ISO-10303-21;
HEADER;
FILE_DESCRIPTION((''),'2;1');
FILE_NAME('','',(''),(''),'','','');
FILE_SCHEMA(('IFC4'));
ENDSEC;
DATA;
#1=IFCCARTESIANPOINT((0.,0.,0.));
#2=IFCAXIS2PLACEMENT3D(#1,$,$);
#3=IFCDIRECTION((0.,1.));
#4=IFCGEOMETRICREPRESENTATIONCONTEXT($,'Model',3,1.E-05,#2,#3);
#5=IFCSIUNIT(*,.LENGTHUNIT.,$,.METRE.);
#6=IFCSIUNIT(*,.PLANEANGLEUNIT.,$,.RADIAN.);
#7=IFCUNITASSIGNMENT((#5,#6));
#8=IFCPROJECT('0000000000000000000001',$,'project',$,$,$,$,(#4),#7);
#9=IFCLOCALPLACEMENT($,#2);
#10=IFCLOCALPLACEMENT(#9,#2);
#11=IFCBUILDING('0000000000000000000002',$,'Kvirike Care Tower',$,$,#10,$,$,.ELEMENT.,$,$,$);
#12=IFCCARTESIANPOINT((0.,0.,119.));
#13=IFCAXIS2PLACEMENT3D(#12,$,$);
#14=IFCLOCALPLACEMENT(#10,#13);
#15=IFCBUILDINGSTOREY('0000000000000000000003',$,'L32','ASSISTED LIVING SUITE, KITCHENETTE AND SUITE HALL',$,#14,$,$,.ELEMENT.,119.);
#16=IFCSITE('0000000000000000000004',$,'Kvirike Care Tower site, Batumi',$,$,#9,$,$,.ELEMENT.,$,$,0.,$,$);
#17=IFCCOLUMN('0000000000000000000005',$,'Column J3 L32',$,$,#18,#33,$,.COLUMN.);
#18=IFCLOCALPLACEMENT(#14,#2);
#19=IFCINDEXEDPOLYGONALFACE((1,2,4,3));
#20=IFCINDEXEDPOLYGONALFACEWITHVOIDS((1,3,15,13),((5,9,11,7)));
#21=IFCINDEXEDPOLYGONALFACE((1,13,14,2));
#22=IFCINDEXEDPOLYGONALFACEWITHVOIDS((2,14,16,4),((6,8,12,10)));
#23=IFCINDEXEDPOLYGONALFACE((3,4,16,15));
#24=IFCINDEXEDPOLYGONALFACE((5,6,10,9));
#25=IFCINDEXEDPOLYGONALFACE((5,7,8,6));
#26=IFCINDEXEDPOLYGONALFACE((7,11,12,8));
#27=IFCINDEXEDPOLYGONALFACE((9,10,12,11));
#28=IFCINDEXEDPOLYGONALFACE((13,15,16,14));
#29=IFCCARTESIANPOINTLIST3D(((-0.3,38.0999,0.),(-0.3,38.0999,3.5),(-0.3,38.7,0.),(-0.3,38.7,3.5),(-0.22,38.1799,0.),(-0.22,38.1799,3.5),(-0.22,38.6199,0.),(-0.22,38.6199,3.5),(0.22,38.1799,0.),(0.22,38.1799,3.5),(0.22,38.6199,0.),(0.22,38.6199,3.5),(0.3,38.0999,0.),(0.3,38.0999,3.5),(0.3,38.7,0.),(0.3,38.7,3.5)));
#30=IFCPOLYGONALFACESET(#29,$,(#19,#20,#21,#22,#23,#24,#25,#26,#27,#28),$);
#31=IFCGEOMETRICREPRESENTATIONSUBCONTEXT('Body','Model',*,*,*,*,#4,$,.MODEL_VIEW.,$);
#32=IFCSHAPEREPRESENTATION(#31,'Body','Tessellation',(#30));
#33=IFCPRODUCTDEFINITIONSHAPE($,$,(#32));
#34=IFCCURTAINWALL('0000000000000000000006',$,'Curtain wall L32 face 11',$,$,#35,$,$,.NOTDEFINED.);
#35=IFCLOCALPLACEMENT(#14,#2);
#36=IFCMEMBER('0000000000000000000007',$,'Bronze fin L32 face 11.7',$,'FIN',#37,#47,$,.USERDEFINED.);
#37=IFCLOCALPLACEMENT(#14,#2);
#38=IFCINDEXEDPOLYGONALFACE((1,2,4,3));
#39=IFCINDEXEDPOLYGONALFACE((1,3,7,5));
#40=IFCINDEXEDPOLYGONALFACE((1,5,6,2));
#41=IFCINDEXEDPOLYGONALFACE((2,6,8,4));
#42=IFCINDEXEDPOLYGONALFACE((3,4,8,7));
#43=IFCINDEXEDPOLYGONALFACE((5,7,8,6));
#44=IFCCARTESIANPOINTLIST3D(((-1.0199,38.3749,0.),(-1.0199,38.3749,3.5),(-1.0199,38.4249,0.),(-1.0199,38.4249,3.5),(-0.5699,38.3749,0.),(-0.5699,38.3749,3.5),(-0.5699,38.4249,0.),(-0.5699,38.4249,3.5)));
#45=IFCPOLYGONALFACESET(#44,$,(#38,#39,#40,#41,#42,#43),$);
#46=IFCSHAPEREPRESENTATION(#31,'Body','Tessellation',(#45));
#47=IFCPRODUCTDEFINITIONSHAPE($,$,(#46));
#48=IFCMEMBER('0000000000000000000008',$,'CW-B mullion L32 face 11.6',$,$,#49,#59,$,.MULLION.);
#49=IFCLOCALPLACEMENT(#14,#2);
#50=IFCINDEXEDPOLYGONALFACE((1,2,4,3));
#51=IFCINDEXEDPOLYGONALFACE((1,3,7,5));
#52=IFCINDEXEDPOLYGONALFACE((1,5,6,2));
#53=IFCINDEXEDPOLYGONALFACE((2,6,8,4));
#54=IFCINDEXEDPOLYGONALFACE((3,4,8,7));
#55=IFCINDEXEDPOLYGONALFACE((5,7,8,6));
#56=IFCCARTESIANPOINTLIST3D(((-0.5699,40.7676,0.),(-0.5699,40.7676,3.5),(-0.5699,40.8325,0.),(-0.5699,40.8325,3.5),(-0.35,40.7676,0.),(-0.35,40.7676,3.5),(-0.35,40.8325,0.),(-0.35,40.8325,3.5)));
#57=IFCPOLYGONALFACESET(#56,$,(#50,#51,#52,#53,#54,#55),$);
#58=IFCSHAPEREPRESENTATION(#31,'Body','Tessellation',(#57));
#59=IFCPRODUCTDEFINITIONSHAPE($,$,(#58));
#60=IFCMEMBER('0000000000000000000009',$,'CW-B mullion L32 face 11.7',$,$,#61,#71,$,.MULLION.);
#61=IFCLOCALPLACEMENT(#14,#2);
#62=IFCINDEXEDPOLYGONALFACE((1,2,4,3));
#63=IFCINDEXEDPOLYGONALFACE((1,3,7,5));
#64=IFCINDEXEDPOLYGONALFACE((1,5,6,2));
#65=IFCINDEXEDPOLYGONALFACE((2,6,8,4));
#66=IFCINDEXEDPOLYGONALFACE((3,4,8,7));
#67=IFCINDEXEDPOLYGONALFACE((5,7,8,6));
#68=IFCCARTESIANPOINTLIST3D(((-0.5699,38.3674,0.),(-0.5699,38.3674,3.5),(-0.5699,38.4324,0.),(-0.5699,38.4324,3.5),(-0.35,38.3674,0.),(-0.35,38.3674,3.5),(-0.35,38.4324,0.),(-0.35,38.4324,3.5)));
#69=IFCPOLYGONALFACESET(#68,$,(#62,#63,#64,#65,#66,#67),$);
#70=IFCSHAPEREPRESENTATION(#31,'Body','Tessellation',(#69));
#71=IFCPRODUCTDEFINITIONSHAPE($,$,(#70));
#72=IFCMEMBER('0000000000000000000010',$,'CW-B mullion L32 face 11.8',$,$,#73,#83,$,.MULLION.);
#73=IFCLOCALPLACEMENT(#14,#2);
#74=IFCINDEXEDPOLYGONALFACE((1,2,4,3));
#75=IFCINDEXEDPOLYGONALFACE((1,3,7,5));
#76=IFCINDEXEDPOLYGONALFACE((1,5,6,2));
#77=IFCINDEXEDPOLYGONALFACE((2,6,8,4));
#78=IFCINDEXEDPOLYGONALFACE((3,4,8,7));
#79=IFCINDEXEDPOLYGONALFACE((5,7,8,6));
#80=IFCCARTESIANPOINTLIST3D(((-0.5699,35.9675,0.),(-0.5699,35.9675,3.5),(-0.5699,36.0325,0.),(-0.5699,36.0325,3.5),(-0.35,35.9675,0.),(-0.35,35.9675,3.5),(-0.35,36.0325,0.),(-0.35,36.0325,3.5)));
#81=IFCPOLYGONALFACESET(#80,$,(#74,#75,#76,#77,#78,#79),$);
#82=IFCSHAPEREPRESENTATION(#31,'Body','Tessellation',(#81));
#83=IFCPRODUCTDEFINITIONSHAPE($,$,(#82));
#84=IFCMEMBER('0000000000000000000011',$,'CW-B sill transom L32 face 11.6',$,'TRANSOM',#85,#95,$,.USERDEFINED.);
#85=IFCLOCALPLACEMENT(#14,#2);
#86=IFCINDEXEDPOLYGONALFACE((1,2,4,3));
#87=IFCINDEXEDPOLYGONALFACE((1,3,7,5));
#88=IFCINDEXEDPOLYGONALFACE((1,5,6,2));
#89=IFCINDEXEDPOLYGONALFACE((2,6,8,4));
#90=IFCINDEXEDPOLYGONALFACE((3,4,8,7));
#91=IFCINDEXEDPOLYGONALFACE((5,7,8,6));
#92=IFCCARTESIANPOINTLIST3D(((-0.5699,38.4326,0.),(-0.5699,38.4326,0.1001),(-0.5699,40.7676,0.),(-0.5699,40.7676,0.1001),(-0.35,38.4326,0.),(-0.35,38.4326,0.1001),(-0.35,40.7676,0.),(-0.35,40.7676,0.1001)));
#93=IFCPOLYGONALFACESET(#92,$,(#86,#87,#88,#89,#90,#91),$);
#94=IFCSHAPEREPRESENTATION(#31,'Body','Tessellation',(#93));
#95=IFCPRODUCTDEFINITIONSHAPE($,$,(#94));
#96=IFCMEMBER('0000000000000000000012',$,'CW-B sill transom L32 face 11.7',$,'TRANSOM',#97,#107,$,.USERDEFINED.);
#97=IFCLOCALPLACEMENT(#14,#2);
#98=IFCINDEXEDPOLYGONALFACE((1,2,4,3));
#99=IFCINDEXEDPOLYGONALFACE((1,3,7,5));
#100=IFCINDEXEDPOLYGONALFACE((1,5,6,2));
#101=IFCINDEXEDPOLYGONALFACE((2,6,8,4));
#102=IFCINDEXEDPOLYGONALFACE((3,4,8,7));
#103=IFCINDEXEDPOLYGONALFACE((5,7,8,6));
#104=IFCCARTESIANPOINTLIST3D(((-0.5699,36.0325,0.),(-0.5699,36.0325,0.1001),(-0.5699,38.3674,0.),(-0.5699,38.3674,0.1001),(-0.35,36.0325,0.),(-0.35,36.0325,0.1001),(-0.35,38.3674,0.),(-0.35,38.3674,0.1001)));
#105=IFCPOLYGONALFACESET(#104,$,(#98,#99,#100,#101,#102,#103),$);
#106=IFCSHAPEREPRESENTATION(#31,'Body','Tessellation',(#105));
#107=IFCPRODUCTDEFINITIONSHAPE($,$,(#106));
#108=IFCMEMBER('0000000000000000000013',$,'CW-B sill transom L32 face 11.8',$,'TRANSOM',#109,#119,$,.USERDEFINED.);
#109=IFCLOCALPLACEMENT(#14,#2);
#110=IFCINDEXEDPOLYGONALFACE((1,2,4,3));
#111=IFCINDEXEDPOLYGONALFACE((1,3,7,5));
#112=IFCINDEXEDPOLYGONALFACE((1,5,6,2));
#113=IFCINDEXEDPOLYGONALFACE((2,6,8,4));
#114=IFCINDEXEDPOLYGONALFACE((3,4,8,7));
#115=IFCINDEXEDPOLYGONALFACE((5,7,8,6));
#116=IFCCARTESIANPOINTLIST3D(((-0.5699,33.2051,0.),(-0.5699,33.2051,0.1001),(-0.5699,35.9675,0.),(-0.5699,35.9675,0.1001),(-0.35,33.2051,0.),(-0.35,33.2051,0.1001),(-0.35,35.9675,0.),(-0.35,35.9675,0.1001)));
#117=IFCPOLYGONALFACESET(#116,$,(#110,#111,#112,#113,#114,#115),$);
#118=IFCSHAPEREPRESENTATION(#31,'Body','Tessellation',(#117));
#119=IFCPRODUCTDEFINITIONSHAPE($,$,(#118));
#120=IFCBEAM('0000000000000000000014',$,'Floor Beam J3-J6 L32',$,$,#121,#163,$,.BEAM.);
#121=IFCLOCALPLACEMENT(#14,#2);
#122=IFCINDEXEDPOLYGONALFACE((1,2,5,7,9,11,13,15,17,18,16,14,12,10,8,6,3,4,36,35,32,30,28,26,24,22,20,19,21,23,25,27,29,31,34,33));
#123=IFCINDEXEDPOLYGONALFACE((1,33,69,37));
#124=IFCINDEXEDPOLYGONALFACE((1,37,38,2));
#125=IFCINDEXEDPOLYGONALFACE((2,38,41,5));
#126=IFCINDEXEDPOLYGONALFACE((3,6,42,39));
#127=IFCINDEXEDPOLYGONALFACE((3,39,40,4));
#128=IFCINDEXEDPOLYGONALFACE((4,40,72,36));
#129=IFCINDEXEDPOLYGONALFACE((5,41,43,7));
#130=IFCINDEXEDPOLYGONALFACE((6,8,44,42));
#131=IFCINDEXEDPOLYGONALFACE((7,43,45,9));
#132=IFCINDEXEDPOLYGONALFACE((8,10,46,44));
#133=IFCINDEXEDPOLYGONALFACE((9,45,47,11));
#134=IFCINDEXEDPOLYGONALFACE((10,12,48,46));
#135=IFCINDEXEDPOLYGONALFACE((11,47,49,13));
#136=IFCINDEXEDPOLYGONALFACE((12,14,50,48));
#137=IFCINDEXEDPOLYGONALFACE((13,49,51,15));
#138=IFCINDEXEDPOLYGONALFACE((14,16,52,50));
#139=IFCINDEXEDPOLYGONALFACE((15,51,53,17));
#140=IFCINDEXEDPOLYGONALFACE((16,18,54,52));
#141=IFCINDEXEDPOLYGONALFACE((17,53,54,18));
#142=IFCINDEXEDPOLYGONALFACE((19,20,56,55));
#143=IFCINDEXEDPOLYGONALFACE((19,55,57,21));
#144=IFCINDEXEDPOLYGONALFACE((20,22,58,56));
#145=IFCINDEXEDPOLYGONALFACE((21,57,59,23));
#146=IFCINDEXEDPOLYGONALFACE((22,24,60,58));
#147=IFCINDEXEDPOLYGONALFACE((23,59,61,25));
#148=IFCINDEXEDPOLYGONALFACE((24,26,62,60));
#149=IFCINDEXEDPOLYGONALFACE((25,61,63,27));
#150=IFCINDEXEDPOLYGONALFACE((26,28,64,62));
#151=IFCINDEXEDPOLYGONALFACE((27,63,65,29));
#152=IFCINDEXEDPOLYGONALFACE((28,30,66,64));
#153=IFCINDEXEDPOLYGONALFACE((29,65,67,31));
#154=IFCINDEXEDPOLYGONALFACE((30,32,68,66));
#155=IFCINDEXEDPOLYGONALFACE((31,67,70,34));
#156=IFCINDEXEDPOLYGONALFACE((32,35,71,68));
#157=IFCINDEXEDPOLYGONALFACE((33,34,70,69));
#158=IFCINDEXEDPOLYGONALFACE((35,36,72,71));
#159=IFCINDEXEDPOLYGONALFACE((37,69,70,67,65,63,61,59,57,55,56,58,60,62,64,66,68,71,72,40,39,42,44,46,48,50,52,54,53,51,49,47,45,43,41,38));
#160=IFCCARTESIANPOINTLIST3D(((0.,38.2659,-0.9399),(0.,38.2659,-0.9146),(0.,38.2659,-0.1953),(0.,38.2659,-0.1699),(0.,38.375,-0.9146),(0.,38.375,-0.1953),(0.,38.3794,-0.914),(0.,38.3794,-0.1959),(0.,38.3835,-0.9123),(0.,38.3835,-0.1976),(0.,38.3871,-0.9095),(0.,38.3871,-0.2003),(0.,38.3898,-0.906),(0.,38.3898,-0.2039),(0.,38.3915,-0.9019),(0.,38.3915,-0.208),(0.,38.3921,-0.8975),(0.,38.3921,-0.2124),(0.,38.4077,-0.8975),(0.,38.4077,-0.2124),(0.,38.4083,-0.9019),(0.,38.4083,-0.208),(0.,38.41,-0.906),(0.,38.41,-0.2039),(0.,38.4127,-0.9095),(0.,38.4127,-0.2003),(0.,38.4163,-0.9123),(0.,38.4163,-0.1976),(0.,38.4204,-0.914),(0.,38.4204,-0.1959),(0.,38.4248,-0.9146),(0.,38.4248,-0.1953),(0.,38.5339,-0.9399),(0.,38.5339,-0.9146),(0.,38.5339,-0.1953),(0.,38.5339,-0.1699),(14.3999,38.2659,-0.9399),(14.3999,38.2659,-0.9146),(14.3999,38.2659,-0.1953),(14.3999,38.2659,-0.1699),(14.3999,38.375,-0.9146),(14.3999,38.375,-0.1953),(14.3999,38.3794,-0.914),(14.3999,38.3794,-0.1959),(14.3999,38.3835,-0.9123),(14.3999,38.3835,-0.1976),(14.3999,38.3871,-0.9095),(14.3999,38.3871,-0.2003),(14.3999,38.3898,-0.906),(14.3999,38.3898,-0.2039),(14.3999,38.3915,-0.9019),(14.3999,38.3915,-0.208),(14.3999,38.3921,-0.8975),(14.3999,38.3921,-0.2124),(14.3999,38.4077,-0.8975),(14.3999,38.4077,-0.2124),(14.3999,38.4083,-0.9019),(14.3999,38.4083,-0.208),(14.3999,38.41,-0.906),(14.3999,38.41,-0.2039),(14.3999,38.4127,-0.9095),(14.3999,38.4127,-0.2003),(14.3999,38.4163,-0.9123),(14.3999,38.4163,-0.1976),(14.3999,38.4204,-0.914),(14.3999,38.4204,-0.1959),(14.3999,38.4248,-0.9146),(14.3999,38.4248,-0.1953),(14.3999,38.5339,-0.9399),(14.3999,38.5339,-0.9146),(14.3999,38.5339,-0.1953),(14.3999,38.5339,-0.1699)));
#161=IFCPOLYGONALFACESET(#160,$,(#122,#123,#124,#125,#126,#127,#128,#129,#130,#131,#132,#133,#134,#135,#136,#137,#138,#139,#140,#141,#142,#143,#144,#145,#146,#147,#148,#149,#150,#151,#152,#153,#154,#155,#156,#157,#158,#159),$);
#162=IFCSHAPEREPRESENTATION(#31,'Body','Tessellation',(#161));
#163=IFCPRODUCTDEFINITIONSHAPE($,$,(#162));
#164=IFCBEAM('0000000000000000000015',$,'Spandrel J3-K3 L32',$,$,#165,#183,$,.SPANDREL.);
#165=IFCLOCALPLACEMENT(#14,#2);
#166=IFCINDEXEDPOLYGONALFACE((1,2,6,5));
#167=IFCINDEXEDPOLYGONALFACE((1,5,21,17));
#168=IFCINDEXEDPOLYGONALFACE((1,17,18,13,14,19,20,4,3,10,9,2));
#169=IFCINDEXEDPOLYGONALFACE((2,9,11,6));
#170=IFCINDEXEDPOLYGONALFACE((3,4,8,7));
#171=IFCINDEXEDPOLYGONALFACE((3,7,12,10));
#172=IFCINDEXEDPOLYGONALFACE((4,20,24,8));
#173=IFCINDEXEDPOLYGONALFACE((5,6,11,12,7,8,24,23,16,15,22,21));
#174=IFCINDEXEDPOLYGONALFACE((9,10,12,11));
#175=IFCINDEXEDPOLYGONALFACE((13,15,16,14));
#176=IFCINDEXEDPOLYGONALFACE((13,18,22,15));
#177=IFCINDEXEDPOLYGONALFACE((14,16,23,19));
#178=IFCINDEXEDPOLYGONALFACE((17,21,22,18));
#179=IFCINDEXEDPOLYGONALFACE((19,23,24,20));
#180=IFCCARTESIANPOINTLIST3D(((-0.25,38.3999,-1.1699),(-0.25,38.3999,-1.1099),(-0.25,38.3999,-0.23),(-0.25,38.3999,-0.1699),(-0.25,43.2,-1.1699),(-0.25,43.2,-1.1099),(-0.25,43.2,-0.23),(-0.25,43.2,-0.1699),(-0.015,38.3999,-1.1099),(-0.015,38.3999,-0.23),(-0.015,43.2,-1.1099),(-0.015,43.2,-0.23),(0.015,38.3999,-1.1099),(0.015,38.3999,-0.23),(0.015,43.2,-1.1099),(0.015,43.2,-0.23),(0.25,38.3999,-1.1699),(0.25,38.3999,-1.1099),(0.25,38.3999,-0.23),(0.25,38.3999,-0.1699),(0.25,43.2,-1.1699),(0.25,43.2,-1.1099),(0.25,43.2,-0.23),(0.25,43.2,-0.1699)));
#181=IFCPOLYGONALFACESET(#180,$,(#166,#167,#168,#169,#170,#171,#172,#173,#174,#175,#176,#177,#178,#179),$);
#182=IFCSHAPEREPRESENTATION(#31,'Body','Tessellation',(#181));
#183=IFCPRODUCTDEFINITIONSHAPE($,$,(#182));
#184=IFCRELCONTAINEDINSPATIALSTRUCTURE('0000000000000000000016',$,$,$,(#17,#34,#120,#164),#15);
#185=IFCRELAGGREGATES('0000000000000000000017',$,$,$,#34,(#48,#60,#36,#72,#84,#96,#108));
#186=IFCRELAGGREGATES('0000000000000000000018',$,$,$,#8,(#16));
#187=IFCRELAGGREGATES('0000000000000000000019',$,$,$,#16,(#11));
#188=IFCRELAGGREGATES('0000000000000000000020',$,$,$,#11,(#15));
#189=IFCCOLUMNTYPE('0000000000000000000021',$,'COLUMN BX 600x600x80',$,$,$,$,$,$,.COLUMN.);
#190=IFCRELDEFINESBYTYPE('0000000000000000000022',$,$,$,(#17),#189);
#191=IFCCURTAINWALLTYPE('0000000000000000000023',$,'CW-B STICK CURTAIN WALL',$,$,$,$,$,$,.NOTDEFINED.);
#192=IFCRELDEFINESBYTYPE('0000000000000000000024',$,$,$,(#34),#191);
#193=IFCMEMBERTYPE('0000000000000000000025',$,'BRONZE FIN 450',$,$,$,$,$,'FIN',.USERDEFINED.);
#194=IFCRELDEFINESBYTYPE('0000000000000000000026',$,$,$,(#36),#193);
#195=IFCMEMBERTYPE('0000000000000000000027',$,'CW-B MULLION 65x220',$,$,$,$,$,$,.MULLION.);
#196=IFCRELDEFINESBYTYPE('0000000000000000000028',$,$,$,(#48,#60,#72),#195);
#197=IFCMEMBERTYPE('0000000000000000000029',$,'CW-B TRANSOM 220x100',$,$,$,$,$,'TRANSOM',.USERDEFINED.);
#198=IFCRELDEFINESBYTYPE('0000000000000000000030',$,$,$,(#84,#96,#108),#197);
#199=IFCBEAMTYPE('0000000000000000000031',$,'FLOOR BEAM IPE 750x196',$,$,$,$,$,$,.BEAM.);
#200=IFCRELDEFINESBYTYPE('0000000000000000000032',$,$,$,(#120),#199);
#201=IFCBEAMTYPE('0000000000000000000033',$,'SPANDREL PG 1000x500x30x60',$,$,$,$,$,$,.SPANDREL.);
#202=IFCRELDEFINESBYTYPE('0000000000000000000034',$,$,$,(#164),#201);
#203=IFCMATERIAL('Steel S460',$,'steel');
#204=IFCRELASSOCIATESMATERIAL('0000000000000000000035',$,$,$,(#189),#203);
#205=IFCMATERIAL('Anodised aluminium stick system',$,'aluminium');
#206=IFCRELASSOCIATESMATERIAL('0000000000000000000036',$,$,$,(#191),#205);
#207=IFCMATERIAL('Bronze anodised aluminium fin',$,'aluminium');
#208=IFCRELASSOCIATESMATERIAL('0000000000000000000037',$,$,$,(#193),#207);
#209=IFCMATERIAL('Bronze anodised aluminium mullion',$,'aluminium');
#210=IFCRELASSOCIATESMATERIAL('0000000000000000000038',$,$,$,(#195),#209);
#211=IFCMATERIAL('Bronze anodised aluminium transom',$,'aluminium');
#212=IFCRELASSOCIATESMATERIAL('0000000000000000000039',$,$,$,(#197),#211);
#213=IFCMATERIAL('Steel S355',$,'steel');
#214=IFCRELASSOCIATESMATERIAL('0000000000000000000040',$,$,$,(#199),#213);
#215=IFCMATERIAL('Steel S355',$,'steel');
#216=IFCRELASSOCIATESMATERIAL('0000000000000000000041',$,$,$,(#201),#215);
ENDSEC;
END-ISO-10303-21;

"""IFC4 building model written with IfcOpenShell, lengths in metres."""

from ifc_helpers import new_model, si_unit, direction, frame, origin, origin_2d, place, context, subcontext, project, spatial, rectangle, hollow_rectangle, i_section, extrude, material, material_profile, profile_set, type_object, element, aggregate, save


model = new_model("IFC4")

# Units and contexts
model_context = context("Model", 3, precision=1e-05, world=origin(), true_north=direction((0.0, 1.0)))
body_context = subcontext(model_context, "Body", "Model", "MODEL_VIEW")
ifc_project = project(units=[si_unit("LENGTHUNIT", "METRE"), si_unit("PLANEANGLEUNIT", "RADIAN")], contexts=[model_context])

# Site, building, storey
site_placement = place(None, origin())
site = spatial("IfcSite", under=ifc_project, at=site_placement, Name="Kvirike Care Tower site, Batumi", CompositionType="ELEMENT", RefElevation=0.0)
building_placement = place(site_placement, origin())
building = spatial("IfcBuilding", under=site, at=building_placement, Name="Kvirike Care Tower", CompositionType="ELEMENT")
storey_placement = place(building_placement, frame((0.0, 0.0, 119.0)))
storey = spatial("IfcBuildingStorey", under=building, at=storey_placement, Name="L32", Description="ASSISTED LIVING SUITE, KITCHENETTE AND SUITE HALL", CompositionType="ELEMENT", Elevation=119.0)

# Column
ifc_material_1 = material(Name="Steel S460", Category="steel")
ifc_material_profile_1 = material_profile(ifc_material_1, hollow_rectangle(XDim=0.6001, YDim=0.6001, WallThickness=0.0801, at=origin_2d()), Name="BX 600x600x80")
ifc_profile_set_1 = profile_set([ifc_material_profile_1], Name="Steel S460")
column_type = type_object("IfcColumnType", Name="COLUMN BX 600x600x80", PredefinedType="COLUMN", material=ifc_profile_set_1)
column_placement = place(storey_placement, frame((0.0, 38.3999, 0.0), z_axis=(0.0, 0.0, 1.0), x_axis=(1.0, 0.0, 0.0)))
element("IfcColumn", 1, at=column_placement, inside=storey, type_object=column_type, Name="Column J3 L32", PredefinedType="COLUMN", context=body_context, shape_type="SweptSolid", body=[
    extrude(hollow_rectangle(XDim=0.6001, YDim=0.6001, WallThickness=0.0801, at=origin_2d()), origin(), (0.0, 0.0, 1.0), 3.5),
])

# Curtain wall, members
ifc_material_2 = material(Name="Anodised aluminium stick system", Category="aluminium")
curtain_wall_type = type_object("IfcCurtainWallType", Name="CW-B STICK CURTAIN WALL", PredefinedType="NOTDEFINED", material=ifc_material_2)
curtain_wall_placement = place(storey_placement, origin())
curtain_wall = element("IfcCurtainWall", 2, at=curtain_wall_placement, inside=storey, type_object=curtain_wall_type, Name="Curtain wall L32 face 11", PredefinedType="NOTDEFINED")
ifc_material_3 = material(Name="Bronze anodised aluminium fin", Category="aluminium")
ifc_material_profile_2 = material_profile(ifc_material_3, rectangle(XDim=0.05, YDim=0.45, at=origin_2d()), Name="BRONZE FIN 450")
ifc_profile_set_2 = profile_set([ifc_material_profile_2], Name="Bronze anodised aluminium fin")
member_type_1 = type_object("IfcMemberType", Name="BRONZE FIN 450", ElementType="FIN", PredefinedType="USERDEFINED", material=ifc_profile_set_2)
member_1_placement = place(storey_placement, frame((-0.7949, 38.3999, 0.0), z_axis=(0.0, 0.0, 1.0), x_axis=(0.0, -1.0, 0.0)))
member_1 = element("IfcMember", 3, at=member_1_placement, type_object=member_type_1, Name="Bronze fin L32 face 11.7", ObjectType="FIN", PredefinedType="USERDEFINED", context=body_context, shape_type="SweptSolid", body=[
    extrude(rectangle(XDim=0.05, YDim=0.45, at=origin_2d()), origin(), (0.0, 0.0, 1.0), 3.5),
])
ifc_material_4 = material(Name="Bronze anodised aluminium mullion", Category="aluminium")
ifc_material_profile_3 = material_profile(ifc_material_4, rectangle(XDim=0.0649, YDim=0.22, at=origin_2d()), Name="CW-B MULLION 65x220")
ifc_profile_set_3 = profile_set([ifc_material_profile_3], Name="Bronze anodised aluminium mullion")
member_type_2 = type_object("IfcMemberType", Name="CW-B MULLION 65x220", PredefinedType="MULLION", material=ifc_profile_set_3)
member_2_placement = place(storey_placement, frame((-0.46, 40.8, 0.0), z_axis=(0.0, 0.0, 1.0), x_axis=(0.0, -1.0, 0.0)))
member_2 = element("IfcMember", 4, at=member_2_placement, type_object=member_type_2, Name="CW-B mullion L32 face 11.6", PredefinedType="MULLION", context=body_context, shape_type="SweptSolid", body=[
    extrude(rectangle(XDim=0.0649, YDim=0.22, at=origin_2d()), origin(), (0.0, 0.0, 1.0), 3.5),
])
member_3_placement = place(storey_placement, frame((-0.46, 38.3999, 0.0), z_axis=(0.0, 0.0, 1.0), x_axis=(0.0, -1.0, 0.0)))
member_3 = element("IfcMember", 5, at=member_3_placement, type_object=member_type_2, Name="CW-B mullion L32 face 11.7", PredefinedType="MULLION", context=body_context, shape_type="SweptSolid", body=[
    extrude(rectangle(XDim=0.0649, YDim=0.22, at=origin_2d()), origin(), (0.0, 0.0, 1.0), 3.5),
])
member_4_placement = place(storey_placement, frame((-0.46, 36.0, 0.0), z_axis=(0.0, 0.0, 1.0), x_axis=(0.0, -1.0, 0.0)))
member_4 = element("IfcMember", 6, at=member_4_placement, type_object=member_type_2, Name="CW-B mullion L32 face 11.8", PredefinedType="MULLION", context=body_context, shape_type="SweptSolid", body=[
    extrude(rectangle(XDim=0.0649, YDim=0.22, at=origin_2d()), origin(), (0.0, 0.0, 1.0), 3.5),
])
ifc_material_5 = material(Name="Bronze anodised aluminium transom", Category="aluminium")
ifc_material_profile_4 = material_profile(ifc_material_5, rectangle(XDim=0.22, YDim=0.1001, at=origin_2d()), Name="CW-B TRANSOM 220x100")
ifc_profile_set_4 = profile_set([ifc_material_profile_4], Name="Bronze anodised aluminium transom")
member_type_3 = type_object("IfcMemberType", Name="CW-B TRANSOM 220x100", ElementType="TRANSOM", PredefinedType="USERDEFINED", material=ifc_profile_set_4)
member_5_placement = place(storey_placement, frame((-0.46, 40.7676, 0.05), z_axis=(0.0, -1.0, 0.0), x_axis=(1.0, 0.0, 0.0)))
member_5 = element("IfcMember", 7, at=member_5_placement, type_object=member_type_3, Name="CW-B sill transom L32 face 11.6", ObjectType="TRANSOM", PredefinedType="USERDEFINED", context=body_context, shape_type="SweptSolid", body=[
    extrude(rectangle(XDim=0.22, YDim=0.1001, at=origin_2d()), origin(), (0.0, 0.0, 1.0), 2.335),
])
member_6_placement = place(storey_placement, frame((-0.46, 38.3674, 0.05), z_axis=(0.0, -1.0, 0.0), x_axis=(1.0, 0.0, 0.0)))
member_6 = element("IfcMember", 8, at=member_6_placement, type_object=member_type_3, Name="CW-B sill transom L32 face 11.7", ObjectType="TRANSOM", PredefinedType="USERDEFINED", context=body_context, shape_type="SweptSolid", body=[
    extrude(rectangle(XDim=0.22, YDim=0.1001, at=origin_2d()), origin(), (0.0, 0.0, 1.0), 2.335),
])
member_7_placement = place(storey_placement, frame((-0.46, 35.9675, 0.05), z_axis=(0.0, -1.0, 0.0), x_axis=(1.0, 0.0, 0.0)))
member_7 = element("IfcMember", 9, at=member_7_placement, type_object=member_type_3, Name="CW-B sill transom L32 face 11.8", ObjectType="TRANSOM", PredefinedType="USERDEFINED", context=body_context, shape_type="SweptSolid", body=[
    extrude(rectangle(XDim=0.22, YDim=0.1001, at=origin_2d()), origin(), (0.0, 0.0, 1.0), 2.7625),
])

# Beams
ifc_material_6 = material(Name="Steel S355", Category="steel")
ifc_material_profile_5 = material_profile(ifc_material_6, i_section(OverallWidth=0.2681, OverallDepth=0.77, WebThickness=0.0156, FlangeThickness=0.0254, FilletRadius=0.0171, at=origin_2d()), Name="IPE 750x196")
ifc_profile_set_5 = profile_set([ifc_material_profile_5], Name="Steel S355")
beam_type_1 = type_object("IfcBeamType", Name="FLOOR BEAM IPE 750x196", PredefinedType="BEAM", material=ifc_profile_set_5)
beam_1_placement = place(storey_placement, frame((0.0, 38.3999, -0.5549), z_axis=(1.0, 0.0, 0.0), x_axis=(0.0, 1.0, 0.0)))
element("IfcBeam", 10, at=beam_1_placement, inside=storey, type_object=beam_type_1, Name="Floor Beam J3-J6 L32", PredefinedType="BEAM", context=body_context, shape_type="SweptSolid", body=[
    extrude(i_section(OverallWidth=0.2681, OverallDepth=0.77, WebThickness=0.0156, FlangeThickness=0.0254, FilletRadius=0.0171, at=origin_2d()), origin(), (0.0, 0.0, 1.0), 14.3999),
])
ifc_material_7 = material(Name="Steel S355", Category="steel")
ifc_material_profile_6 = material_profile(ifc_material_7, i_section(OverallWidth=0.5, OverallDepth=1.0, WebThickness=0.03, FlangeThickness=0.0601, at=origin_2d()), Name="PG 1000x500x30x60")
ifc_profile_set_6 = profile_set([ifc_material_profile_6], Name="Steel S355")
beam_type_2 = type_object("IfcBeamType", Name="SPANDREL PG 1000x500x30x60", PredefinedType="SPANDREL", material=ifc_profile_set_6)
beam_2_placement = place(storey_placement, frame((0.0, 38.3999, -0.6699), z_axis=(0.0, 1.0, 0.0), x_axis=(-1.0, 0.0, 0.0)))
element("IfcBeam", 11, at=beam_2_placement, inside=storey, type_object=beam_type_2, Name="Spandrel J3-K3 L32", PredefinedType="SPANDREL", context=body_context, shape_type="SweptSolid", body=[
    extrude(i_section(OverallWidth=0.5, OverallDepth=1.0, WebThickness=0.03, FlangeThickness=0.0601, at=origin_2d()), origin(), (0.0, 0.0, 1.0), 4.8),
])

aggregate(curtain_wall, [member_2, member_3, member_1, member_4, member_5, member_6, member_7])

save(model, "model.ifc")
